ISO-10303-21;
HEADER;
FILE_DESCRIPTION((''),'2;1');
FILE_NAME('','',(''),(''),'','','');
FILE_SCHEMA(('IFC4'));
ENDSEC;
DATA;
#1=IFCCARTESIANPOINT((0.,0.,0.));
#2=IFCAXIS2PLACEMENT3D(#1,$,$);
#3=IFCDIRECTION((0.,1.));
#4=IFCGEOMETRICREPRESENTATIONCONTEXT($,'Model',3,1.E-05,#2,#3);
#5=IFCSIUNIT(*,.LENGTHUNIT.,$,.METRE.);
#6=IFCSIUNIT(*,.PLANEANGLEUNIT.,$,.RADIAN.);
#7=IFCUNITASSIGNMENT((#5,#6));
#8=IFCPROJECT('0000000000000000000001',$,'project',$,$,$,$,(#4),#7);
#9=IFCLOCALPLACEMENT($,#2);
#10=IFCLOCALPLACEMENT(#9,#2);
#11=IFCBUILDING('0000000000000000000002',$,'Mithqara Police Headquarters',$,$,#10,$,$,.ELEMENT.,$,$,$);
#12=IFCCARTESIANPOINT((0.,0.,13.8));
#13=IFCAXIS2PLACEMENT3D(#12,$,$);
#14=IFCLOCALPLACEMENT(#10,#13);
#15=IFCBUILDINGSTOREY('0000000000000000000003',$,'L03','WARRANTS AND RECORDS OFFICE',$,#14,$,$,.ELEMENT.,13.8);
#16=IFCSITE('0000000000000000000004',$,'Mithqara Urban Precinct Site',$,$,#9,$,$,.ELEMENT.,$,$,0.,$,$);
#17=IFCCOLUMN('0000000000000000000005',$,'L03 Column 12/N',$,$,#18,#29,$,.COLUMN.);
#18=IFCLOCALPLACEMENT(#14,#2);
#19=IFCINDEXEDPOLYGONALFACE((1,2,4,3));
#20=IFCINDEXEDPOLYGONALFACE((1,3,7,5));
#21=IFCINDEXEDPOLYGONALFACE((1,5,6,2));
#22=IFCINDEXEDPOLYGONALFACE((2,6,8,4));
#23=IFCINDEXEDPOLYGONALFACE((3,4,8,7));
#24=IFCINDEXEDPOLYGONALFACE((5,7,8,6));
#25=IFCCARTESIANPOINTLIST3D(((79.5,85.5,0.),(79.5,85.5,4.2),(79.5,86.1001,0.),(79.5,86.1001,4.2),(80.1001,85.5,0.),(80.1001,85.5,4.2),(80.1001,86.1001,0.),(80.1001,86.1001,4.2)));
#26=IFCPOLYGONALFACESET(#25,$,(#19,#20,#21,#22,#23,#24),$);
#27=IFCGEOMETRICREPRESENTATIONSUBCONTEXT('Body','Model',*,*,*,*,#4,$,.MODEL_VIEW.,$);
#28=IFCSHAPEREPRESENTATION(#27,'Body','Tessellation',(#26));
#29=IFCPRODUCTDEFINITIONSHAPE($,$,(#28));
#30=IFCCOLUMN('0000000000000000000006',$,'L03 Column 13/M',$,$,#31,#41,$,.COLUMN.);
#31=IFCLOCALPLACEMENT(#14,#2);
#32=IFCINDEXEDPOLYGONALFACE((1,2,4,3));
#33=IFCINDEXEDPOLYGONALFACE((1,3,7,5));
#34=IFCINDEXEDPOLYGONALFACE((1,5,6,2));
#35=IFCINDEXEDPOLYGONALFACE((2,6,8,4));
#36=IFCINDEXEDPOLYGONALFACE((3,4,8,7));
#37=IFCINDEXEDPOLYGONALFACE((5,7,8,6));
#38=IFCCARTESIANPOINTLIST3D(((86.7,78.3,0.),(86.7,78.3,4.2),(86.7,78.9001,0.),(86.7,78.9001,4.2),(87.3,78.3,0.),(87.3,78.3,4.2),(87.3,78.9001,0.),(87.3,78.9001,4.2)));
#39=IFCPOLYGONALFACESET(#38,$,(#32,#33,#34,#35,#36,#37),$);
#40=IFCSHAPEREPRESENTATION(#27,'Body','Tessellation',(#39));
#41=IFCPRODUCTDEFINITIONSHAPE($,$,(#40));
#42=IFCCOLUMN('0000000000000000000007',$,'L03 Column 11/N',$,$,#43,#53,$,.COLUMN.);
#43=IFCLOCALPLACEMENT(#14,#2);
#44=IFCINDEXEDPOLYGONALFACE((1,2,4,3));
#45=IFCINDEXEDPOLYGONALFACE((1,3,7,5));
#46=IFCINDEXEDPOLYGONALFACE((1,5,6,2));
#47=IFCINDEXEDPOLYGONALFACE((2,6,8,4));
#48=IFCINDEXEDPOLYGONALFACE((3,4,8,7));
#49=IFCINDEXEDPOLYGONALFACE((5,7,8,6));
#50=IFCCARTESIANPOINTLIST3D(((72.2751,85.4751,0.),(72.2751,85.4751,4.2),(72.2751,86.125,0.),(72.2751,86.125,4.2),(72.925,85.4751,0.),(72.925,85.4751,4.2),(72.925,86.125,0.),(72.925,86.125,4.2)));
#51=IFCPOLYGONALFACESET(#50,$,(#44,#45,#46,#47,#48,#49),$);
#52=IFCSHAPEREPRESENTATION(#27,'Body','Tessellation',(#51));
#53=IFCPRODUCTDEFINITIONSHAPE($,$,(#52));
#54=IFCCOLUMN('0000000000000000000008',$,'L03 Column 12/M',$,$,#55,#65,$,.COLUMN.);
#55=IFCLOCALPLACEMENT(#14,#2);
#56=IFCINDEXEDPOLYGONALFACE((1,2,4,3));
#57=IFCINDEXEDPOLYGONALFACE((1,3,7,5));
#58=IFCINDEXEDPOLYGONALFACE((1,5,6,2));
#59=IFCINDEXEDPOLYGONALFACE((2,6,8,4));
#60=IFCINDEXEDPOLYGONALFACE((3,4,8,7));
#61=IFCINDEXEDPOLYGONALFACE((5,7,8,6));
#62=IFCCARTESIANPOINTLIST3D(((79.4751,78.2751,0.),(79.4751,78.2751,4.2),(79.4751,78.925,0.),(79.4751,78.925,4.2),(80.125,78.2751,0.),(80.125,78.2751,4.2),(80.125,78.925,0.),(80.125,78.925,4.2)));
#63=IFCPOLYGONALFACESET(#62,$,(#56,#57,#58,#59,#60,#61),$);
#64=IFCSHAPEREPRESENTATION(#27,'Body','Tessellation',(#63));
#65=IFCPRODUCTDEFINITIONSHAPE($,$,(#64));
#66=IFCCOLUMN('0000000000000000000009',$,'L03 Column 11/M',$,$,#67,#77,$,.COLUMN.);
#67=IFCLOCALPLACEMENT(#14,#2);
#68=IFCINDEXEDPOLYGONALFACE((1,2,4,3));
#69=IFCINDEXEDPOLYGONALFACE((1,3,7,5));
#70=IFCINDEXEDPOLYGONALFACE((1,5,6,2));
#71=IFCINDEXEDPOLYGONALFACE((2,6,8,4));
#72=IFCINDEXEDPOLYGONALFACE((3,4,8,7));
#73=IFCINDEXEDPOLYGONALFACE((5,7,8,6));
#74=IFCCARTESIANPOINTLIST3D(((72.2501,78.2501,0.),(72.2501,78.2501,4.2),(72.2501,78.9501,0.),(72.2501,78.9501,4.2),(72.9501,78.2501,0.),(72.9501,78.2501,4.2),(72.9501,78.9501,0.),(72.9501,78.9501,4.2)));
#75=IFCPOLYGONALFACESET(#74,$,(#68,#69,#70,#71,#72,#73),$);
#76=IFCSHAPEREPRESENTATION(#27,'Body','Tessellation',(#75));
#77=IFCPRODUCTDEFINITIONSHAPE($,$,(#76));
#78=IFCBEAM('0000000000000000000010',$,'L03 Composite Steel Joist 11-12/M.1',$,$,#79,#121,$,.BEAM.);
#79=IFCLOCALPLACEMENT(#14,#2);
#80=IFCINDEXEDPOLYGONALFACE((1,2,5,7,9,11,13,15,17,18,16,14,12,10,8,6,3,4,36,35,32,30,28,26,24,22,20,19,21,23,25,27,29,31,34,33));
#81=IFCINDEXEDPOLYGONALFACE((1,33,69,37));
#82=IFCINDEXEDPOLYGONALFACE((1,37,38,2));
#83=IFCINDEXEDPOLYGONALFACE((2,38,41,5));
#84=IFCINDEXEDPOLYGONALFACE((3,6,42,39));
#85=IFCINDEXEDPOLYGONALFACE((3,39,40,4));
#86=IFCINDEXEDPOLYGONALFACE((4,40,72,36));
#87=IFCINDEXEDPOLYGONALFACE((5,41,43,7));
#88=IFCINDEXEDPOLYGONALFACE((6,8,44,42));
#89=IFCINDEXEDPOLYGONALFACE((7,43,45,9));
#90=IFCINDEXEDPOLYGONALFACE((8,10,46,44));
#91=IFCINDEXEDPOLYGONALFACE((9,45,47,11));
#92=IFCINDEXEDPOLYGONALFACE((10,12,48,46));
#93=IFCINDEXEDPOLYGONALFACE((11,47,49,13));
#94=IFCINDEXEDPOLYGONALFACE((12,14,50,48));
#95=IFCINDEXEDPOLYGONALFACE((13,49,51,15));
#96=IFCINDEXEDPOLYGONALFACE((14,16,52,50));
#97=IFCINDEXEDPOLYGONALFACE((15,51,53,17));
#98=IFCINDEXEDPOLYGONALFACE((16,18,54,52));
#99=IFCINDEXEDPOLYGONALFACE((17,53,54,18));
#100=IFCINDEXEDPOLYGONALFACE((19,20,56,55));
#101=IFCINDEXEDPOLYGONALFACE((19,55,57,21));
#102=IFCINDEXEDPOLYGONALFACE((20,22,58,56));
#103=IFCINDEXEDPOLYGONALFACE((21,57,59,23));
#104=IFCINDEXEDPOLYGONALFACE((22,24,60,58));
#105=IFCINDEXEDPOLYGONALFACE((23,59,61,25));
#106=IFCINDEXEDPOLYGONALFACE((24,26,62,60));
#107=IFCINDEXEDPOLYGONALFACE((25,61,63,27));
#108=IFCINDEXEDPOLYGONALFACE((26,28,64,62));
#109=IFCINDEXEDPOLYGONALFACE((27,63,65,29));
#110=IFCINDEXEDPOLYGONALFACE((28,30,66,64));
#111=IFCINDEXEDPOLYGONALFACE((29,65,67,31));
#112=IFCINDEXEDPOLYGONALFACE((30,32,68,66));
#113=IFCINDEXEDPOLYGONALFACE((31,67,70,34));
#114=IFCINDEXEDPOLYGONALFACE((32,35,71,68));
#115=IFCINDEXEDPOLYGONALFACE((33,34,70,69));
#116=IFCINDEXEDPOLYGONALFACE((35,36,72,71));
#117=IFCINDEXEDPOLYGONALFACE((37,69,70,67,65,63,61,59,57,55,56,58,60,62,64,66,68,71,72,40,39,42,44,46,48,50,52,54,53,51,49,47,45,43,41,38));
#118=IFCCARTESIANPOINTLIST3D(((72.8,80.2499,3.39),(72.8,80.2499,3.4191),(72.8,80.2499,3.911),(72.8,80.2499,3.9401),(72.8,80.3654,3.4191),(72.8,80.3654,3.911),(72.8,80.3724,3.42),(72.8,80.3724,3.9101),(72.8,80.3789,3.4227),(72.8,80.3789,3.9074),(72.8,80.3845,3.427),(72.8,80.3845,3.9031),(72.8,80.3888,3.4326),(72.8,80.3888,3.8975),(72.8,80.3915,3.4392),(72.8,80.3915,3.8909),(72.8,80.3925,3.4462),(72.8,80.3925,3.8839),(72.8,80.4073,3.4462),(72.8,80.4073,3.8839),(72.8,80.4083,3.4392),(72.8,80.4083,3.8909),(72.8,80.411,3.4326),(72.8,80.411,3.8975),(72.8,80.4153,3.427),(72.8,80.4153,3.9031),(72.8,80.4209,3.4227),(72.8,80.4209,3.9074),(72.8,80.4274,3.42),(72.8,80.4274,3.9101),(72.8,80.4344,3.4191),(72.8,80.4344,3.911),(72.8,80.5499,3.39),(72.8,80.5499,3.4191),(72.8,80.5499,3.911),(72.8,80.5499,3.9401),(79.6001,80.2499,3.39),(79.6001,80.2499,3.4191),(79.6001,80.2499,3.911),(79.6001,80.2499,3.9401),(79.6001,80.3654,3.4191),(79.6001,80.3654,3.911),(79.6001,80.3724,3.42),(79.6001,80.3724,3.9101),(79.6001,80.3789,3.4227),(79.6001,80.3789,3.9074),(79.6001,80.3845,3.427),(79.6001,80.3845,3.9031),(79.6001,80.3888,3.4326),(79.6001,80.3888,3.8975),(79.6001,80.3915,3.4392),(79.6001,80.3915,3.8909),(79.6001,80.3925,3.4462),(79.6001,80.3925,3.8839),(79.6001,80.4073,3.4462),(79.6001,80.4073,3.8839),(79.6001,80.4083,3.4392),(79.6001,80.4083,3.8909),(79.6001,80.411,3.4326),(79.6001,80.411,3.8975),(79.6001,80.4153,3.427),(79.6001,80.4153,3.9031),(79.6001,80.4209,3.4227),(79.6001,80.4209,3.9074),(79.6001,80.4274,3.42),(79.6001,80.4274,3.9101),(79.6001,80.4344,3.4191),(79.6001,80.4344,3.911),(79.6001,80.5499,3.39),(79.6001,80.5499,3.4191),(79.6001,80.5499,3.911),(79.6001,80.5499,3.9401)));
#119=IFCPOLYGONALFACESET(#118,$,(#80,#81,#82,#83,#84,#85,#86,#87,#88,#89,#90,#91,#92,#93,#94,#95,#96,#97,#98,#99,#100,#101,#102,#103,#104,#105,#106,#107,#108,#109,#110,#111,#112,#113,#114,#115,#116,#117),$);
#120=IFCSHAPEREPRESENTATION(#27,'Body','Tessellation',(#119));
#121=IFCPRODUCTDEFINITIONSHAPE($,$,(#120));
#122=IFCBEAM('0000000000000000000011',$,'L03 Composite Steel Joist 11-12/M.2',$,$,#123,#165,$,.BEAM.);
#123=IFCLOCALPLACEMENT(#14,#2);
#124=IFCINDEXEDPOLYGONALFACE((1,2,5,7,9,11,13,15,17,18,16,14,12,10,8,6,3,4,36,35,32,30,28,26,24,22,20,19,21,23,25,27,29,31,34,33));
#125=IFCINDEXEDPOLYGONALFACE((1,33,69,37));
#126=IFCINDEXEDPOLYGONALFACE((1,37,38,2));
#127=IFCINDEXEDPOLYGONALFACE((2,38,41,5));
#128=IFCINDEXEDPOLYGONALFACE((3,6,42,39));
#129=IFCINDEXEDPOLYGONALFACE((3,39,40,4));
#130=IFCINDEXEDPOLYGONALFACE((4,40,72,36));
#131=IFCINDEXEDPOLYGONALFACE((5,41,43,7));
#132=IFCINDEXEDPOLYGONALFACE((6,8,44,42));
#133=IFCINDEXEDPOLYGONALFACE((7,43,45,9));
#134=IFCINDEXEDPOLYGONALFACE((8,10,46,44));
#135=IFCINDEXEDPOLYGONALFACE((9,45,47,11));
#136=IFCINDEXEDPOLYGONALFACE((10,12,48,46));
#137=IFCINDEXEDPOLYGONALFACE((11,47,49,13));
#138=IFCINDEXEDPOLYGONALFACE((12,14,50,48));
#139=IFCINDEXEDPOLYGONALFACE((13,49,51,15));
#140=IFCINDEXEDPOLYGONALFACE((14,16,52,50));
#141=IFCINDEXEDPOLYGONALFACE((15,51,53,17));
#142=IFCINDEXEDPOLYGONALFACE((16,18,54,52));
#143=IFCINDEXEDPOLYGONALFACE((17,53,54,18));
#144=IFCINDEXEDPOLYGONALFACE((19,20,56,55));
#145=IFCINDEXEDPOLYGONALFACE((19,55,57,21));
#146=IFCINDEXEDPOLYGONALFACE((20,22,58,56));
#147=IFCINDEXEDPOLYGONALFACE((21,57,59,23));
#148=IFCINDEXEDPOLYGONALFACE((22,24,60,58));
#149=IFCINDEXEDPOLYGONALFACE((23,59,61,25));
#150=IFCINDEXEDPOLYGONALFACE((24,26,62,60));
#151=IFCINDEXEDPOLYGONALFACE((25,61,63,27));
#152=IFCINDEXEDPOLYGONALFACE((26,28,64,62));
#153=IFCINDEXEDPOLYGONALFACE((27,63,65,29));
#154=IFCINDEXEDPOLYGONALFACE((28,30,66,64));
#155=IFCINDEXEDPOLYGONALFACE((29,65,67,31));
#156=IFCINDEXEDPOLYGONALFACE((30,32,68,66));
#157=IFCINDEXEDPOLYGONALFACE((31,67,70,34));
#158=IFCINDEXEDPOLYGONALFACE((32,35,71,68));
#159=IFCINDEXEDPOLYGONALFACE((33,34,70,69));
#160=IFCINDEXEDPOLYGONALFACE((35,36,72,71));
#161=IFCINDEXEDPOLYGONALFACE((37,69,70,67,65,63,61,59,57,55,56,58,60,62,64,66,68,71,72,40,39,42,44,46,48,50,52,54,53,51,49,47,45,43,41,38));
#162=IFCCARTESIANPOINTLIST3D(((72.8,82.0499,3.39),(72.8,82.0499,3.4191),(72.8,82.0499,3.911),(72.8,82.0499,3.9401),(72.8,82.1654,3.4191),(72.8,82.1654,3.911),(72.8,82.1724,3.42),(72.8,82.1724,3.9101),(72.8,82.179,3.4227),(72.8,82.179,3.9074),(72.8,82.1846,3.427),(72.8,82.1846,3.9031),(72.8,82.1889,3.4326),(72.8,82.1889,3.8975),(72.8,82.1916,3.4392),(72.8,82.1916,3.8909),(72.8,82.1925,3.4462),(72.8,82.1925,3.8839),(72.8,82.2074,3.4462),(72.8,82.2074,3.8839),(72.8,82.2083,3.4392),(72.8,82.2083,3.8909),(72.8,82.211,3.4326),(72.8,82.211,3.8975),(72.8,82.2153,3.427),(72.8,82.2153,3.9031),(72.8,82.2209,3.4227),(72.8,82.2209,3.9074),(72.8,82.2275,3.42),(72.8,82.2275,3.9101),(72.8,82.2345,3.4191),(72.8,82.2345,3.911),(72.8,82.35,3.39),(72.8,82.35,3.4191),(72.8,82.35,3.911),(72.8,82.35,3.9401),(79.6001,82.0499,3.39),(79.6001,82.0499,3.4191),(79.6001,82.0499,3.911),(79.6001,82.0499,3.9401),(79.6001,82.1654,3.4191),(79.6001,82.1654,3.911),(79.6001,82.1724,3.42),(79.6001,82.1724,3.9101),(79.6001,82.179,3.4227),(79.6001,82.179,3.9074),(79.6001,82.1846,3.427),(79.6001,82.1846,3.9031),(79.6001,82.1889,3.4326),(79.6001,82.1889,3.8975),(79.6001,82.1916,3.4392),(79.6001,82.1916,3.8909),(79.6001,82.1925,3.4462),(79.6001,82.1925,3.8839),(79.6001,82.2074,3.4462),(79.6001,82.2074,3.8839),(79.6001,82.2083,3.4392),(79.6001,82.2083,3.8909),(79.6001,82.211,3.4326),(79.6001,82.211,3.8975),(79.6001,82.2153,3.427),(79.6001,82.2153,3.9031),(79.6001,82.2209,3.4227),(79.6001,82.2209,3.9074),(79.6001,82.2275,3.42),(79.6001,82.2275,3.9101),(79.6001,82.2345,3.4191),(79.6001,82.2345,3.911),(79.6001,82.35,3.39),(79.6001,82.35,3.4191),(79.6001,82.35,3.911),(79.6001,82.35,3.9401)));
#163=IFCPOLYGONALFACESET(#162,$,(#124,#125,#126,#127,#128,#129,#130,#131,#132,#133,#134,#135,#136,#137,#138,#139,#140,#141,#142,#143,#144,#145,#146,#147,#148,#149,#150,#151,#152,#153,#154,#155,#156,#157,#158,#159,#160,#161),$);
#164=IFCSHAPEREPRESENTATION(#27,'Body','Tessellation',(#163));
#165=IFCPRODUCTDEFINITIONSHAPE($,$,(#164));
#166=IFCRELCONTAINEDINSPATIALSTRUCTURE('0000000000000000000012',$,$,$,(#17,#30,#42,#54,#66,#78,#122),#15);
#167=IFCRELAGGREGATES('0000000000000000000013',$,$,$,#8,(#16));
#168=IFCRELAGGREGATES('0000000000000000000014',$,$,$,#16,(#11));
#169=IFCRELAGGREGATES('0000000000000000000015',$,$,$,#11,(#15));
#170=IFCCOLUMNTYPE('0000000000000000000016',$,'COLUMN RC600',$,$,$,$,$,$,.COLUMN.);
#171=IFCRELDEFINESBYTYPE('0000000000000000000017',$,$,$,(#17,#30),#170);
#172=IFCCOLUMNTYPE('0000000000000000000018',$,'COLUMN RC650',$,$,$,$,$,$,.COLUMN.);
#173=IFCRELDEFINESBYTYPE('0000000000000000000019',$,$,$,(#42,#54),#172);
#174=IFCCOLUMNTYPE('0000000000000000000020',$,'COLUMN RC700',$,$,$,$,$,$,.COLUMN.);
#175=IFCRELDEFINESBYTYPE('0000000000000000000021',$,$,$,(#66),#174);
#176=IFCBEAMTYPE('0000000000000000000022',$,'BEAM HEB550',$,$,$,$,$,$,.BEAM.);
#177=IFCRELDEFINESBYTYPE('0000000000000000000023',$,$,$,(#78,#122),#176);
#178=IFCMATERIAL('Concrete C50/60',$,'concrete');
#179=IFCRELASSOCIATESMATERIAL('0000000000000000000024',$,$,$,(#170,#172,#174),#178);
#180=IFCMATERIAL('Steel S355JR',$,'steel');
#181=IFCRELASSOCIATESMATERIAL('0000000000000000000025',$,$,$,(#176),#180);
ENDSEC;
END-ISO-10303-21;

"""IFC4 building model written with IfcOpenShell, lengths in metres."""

from ifc_helpers import new_model, si_unit, direction, frame, origin, origin_2d, place, context, subcontext, project, spatial, rectangle, i_section, extrude, material, material_profile, profile_set, type_object, element, save


model = new_model("IFC4")

# Units and contexts
model_context = context("Model", 3, precision=1e-05, world=origin(), true_north=direction((0.0, 1.0)))
body_context = subcontext(model_context, "Body", "Model", "MODEL_VIEW")
ifc_project = project(units=[si_unit("LENGTHUNIT", "METRE"), si_unit("PLANEANGLEUNIT", "RADIAN")], contexts=[model_context])

# Site, building, storey
site_placement = place(None, origin())
site = spatial("IfcSite", under=ifc_project, at=site_placement, Name="Mithqara Urban Precinct Site", CompositionType="ELEMENT", RefElevation=0.0)
building_placement = place(site_placement, origin())
building = spatial("IfcBuilding", under=site, at=building_placement, Name="Mithqara Police Headquarters", CompositionType="ELEMENT")
storey_placement = place(building_placement, frame((0.0, 0.0, 13.8)))
storey = spatial("IfcBuildingStorey", under=building, at=storey_placement, Name="L03", Description="WARRANTS AND RECORDS OFFICE", CompositionType="ELEMENT", Elevation=13.8)

# Columns
ifc_material_1 = material(Name="Concrete C50/60", Category="concrete")
ifc_material_profile_1 = material_profile(ifc_material_1, rectangle(XDim=0.6001, YDim=0.6001, at=origin_2d()), Name="RC 600x600")
ifc_profile_set_1 = profile_set([ifc_material_profile_1], Name="Concrete C50/60")
column_type_1 = type_object("IfcColumnType", Name="COLUMN RC600", PredefinedType="COLUMN", material=ifc_profile_set_1)
for number, where, z_axis, x_axis, name in (
    (1, (79.8, 85.8, 0.0), (0.0, 0.0, 1.0), (1.0, 0.0, 0.0), "L03 Column 12/N"),
    (2, (87.0, 78.6001, 0.0), (0.0, 0.0, 1.0), (1.0, 0.0, 0.0), "L03 Column 13/M"),
):
    element("IfcColumn", number, at=place(storey_placement, frame(where, z_axis=z_axis, x_axis=x_axis)), inside=storey, type_object=column_type_1, Name=name, PredefinedType="COLUMN", context=body_context, shape_type="SweptSolid", body=[
        extrude(rectangle(XDim=0.6001, YDim=0.6001, at=origin_2d()), origin(), (0.0, 0.0, 1.0), 4.2),
    ])
ifc_material_profile_2 = material_profile(ifc_material_1, rectangle(XDim=0.6499, YDim=0.6499, at=origin_2d()), Name="RC 650x650")
ifc_profile_set_2 = profile_set([ifc_material_profile_2], Name="Concrete C50/60")
column_type_2 = type_object("IfcColumnType", Name="COLUMN RC650", PredefinedType="COLUMN", material=ifc_profile_set_2)
for number, where, z_axis, x_axis, name in (
    (3, (72.6001, 85.8, 0.0), (0.0, 0.0, 1.0), (1.0, 0.0, 0.0), "L03 Column 11/N"),
    (4, (79.8, 78.6001, 0.0), (0.0, 0.0, 1.0), (1.0, 0.0, 0.0), "L03 Column 12/M"),
):
    element("IfcColumn", number, at=place(storey_placement, frame(where, z_axis=z_axis, x_axis=x_axis)), inside=storey, type_object=column_type_2, Name=name, PredefinedType="COLUMN", context=body_context, shape_type="SweptSolid", body=[
        extrude(rectangle(XDim=0.6499, YDim=0.6499, at=origin_2d()), origin(), (0.0, 0.0, 1.0), 4.2),
    ])
ifc_material_profile_3 = material_profile(ifc_material_1, rectangle(XDim=0.7, YDim=0.7, at=origin_2d()), Name="RC 700x700")
ifc_profile_set_3 = profile_set([ifc_material_profile_3], Name="Concrete C50/60")
column_type_3 = type_object("IfcColumnType", Name="COLUMN RC700", PredefinedType="COLUMN", material=ifc_profile_set_3)
column_placement = place(storey_placement, frame((72.6001, 78.6001, 0.0), z_axis=(0.0, 0.0, 1.0), x_axis=(1.0, 0.0, 0.0)))
element("IfcColumn", 5, at=column_placement, inside=storey, type_object=column_type_3, Name="L03 Column 11/M", PredefinedType="COLUMN", context=body_context, shape_type="SweptSolid", body=[
    extrude(rectangle(XDim=0.7, YDim=0.7, at=origin_2d()), origin(), (0.0, 0.0, 1.0), 4.2),
])

# Beams
ifc_material_2 = material(Name="Steel S355JR", Category="steel")
ifc_material_profile_4 = material_profile(ifc_material_2, i_section(OverallWidth=0.3, OverallDepth=0.55, WebThickness=0.0149, FlangeThickness=0.0291, FilletRadius=0.0271, at=origin_2d()), Name="HEB 550")
ifc_profile_set_4 = profile_set([ifc_material_profile_4], Name="Steel S355JR")
beam_type_1 = type_object("IfcBeamType", Name="BEAM HEB550", PredefinedType="BEAM", material=ifc_profile_set_4)
for number, where, z_axis, x_axis, name in (
    (6, (72.8, 80.3999, 3.665), (1.0, 0.0, 0.0), (0.0, 1.0, 0.0), "L03 Composite Steel Joist 11-12/M.1"),
    (7, (72.8, 82.2, 3.665), (1.0, 0.0, 0.0), (0.0, 1.0, 0.0), "L03 Composite Steel Joist 11-12/M.2"),
):
    element("IfcBeam", number, at=place(storey_placement, frame(where, z_axis=z_axis, x_axis=x_axis)), inside=storey, type_object=beam_type_1, Name=name, PredefinedType="BEAM", context=body_context, shape_type="SweptSolid", body=[
        extrude(i_section(OverallWidth=0.3, OverallDepth=0.55, WebThickness=0.0149, FlangeThickness=0.0291, FilletRadius=0.0271, at=origin_2d()), origin(), (0.0, 0.0, 1.0), 6.8),
    ])

save(model, "model.ifc")
